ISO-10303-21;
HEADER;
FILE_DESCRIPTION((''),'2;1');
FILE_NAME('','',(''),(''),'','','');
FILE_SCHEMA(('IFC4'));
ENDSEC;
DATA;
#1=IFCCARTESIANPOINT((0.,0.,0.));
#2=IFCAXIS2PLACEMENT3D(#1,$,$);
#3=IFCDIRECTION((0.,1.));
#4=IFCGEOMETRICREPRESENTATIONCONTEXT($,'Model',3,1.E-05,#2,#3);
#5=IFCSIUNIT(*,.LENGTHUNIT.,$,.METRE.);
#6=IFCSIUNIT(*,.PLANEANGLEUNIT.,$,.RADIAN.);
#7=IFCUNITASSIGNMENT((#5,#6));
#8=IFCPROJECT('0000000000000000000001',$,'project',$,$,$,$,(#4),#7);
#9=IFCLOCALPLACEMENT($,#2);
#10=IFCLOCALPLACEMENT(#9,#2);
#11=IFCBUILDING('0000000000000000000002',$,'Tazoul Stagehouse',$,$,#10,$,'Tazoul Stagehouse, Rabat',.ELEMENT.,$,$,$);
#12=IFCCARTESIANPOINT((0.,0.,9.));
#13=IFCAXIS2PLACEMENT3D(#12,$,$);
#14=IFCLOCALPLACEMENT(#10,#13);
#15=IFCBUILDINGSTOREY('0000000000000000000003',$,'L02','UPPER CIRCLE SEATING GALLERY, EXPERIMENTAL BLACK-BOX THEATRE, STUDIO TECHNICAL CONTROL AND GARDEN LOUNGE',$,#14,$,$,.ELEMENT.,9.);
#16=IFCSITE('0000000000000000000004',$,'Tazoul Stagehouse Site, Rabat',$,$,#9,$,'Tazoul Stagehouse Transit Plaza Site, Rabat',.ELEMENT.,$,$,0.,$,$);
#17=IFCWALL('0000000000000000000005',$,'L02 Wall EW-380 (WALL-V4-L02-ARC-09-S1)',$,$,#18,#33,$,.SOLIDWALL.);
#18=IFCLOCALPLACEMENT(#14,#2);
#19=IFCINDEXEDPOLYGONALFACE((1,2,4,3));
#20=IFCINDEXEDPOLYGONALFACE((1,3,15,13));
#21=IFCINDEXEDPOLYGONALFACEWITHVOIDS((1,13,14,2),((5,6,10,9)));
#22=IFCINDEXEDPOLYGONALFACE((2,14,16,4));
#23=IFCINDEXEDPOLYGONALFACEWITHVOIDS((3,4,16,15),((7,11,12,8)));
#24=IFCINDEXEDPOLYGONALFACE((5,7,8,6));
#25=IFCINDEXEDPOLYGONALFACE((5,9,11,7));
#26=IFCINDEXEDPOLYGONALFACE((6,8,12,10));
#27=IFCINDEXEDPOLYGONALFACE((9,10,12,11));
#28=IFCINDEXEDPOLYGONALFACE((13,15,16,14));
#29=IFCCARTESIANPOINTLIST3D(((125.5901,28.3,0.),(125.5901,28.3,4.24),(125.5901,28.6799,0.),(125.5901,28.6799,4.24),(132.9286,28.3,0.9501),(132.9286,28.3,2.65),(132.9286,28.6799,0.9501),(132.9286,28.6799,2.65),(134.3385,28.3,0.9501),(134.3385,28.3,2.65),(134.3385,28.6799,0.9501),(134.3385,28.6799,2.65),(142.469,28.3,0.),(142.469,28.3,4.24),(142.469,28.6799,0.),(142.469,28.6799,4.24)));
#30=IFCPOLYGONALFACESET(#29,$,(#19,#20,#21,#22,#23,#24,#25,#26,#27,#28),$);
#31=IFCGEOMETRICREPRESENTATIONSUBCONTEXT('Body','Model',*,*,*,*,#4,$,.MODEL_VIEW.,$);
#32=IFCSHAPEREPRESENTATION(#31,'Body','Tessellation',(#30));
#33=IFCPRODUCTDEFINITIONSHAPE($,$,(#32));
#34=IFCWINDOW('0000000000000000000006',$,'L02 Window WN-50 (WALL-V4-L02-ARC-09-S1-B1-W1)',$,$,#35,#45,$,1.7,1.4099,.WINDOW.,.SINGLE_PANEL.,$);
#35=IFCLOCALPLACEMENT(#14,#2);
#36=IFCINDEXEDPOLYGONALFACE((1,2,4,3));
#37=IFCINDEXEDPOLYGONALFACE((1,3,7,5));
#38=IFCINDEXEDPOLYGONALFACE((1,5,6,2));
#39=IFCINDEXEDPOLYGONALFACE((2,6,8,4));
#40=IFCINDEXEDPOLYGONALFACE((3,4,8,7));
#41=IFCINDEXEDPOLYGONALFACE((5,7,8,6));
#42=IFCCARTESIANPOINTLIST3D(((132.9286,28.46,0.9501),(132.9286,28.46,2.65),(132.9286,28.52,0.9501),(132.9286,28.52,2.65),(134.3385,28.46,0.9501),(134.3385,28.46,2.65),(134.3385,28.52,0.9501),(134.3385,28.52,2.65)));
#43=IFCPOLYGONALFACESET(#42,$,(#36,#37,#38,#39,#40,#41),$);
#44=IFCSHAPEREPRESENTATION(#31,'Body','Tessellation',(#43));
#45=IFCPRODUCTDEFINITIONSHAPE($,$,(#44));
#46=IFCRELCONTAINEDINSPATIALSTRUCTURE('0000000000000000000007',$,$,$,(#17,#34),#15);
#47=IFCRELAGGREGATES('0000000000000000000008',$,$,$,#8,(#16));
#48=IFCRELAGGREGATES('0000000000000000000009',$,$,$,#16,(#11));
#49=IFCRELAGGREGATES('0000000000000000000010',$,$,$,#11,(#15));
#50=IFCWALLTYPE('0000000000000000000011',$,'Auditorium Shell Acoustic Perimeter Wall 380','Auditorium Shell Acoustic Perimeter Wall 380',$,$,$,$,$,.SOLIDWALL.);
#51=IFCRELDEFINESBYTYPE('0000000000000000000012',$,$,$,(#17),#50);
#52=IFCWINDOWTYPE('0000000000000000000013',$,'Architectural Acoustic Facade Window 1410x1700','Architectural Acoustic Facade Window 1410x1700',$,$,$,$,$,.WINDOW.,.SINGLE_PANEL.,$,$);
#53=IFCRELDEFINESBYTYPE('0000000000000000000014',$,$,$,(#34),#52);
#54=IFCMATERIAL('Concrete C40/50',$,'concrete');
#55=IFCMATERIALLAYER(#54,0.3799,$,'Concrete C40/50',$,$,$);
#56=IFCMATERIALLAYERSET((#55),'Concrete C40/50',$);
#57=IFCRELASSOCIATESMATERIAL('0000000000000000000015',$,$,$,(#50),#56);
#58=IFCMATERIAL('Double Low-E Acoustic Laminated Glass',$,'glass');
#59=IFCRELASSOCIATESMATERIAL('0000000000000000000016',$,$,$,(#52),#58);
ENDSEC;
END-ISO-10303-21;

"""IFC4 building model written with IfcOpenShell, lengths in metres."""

from ifc_helpers import new_model, si_unit, direction, frame, frame_2d, origin, place, context, subcontext, project, spatial, rectangle, extrude, material, layer, layer_set, type_object, element, fill, save


model = new_model("IFC4")

# Units and contexts
model_context = context("Model", 3, precision=1e-05, world=origin(), true_north=direction((0.0, 1.0)))
body_context = subcontext(model_context, "Body", "Model", "MODEL_VIEW")
ifc_project = project(units=[si_unit("LENGTHUNIT", "METRE"), si_unit("PLANEANGLEUNIT", "RADIAN")], contexts=[model_context])

# Site, building, storey
site_placement = place(None, origin())
site = spatial("IfcSite", under=ifc_project, at=site_placement, Name="Tazoul Stagehouse Site, Rabat", LongName="Tazoul Stagehouse Transit Plaza Site, Rabat", CompositionType="ELEMENT", RefElevation=0.0)
building_placement = place(site_placement, origin())
building = spatial("IfcBuilding", under=site, at=building_placement, Name="Tazoul Stagehouse", LongName="Tazoul Stagehouse, Rabat", CompositionType="ELEMENT")
storey_placement = place(building_placement, frame((0.0, 0.0, 9.0)))
storey = spatial("IfcBuildingStorey", under=building, at=storey_placement, Name="L02", Description="UPPER CIRCLE SEATING GALLERY, EXPERIMENTAL BLACK-BOX THEATRE, STUDIO TECHNICAL CONTROL AND GARDEN LOUNGE", CompositionType="ELEMENT", Elevation=9.0)

# Shared definitions
ifc_material_1 = material(Name="Concrete C40/50", Category="concrete")

# Shared definitions
ifc_layer_1 = layer(ifc_material_1, 0.3799, Name="Concrete C40/50")
ifc_layer_set_1 = layer_set([ifc_layer_1], Name="Concrete C40/50")
wall_type = type_object("IfcWallType", Name="Auditorium Shell Acoustic Perimeter Wall 380", Description="Auditorium Shell Acoustic Perimeter Wall 380", PredefinedType="SOLIDWALL", material=ifc_layer_set_1)
ifc_material_2 = material(Name="Double Low-E Acoustic Laminated Glass", Category="glass")

# Wall, opening, window
wall_1_placement = place(storey_placement, frame((142.469, 28.49, 0.0), z_axis=(0.0, 0.0, 1.0), x_axis=(-1.0, 0.0, 0.0)))
wall_1 = element("IfcWall", 1, at=wall_1_placement, inside=storey, type_object=wall_type, Name="L02 Wall EW-380 (WALL-V4-L02-ARC-09-S1)", PredefinedType="SOLIDWALL", context=body_context, shape_type="SweptSolid", body=[
    extrude(rectangle(XDim=16.8789, YDim=0.3799, at=frame_2d((8.4395, 0.0))), origin(), (0.0, 0.0, 1.0), 4.24),
])
opening_1_placement = place(wall_1_placement, frame((8.1304, 0.0, 0.95)))
opening_1 = element("IfcOpeningElement", 2, at=opening_1_placement, cuts=wall_1, PredefinedType="OPENING", context=body_context, shape_type="SweptSolid", body=[
    extrude(rectangle(XDim=1.4099, YDim=1.7, at=frame_2d((0.7051, 0.8501))), frame((0.0, 0.21, 0.0), z_axis=(0.0, -1.0, 0.0), x_axis=(1.0, 0.0, 0.0)), (0.0, 0.0, 1.0), 0.4199),
])
window_type_1 = type_object("IfcWindowType", Name="Architectural Acoustic Facade Window 1410x1700", Description="Architectural Acoustic Facade Window 1410x1700", PartitioningType="SINGLE_PANEL", PredefinedType="WINDOW", material=ifc_material_2)
window_1_placement = place(opening_1_placement, origin())
window_1 = element("IfcWindow", 3, at=window_1_placement, inside=storey, type_object=window_type_1, Name="L02 Window WN-50 (WALL-V4-L02-ARC-09-S1-B1-W1)", OverallHeight=1.7, OverallWidth=1.4099, PartitioningType="SINGLE_PANEL", PredefinedType="WINDOW", context=body_context, shape_type="SweptSolid", body=[
    extrude(rectangle(XDim=1.4099, YDim=1.7, at=frame_2d((0.7051, 0.8501))), frame((0.0, 0.03, 0.0), z_axis=(0.0, -1.0, 0.0), x_axis=(1.0, 0.0, 0.0)), (0.0, 0.0, 1.0), 0.0601),
])
fill(opening_1, window_1)

save(model, "model.ifc")
